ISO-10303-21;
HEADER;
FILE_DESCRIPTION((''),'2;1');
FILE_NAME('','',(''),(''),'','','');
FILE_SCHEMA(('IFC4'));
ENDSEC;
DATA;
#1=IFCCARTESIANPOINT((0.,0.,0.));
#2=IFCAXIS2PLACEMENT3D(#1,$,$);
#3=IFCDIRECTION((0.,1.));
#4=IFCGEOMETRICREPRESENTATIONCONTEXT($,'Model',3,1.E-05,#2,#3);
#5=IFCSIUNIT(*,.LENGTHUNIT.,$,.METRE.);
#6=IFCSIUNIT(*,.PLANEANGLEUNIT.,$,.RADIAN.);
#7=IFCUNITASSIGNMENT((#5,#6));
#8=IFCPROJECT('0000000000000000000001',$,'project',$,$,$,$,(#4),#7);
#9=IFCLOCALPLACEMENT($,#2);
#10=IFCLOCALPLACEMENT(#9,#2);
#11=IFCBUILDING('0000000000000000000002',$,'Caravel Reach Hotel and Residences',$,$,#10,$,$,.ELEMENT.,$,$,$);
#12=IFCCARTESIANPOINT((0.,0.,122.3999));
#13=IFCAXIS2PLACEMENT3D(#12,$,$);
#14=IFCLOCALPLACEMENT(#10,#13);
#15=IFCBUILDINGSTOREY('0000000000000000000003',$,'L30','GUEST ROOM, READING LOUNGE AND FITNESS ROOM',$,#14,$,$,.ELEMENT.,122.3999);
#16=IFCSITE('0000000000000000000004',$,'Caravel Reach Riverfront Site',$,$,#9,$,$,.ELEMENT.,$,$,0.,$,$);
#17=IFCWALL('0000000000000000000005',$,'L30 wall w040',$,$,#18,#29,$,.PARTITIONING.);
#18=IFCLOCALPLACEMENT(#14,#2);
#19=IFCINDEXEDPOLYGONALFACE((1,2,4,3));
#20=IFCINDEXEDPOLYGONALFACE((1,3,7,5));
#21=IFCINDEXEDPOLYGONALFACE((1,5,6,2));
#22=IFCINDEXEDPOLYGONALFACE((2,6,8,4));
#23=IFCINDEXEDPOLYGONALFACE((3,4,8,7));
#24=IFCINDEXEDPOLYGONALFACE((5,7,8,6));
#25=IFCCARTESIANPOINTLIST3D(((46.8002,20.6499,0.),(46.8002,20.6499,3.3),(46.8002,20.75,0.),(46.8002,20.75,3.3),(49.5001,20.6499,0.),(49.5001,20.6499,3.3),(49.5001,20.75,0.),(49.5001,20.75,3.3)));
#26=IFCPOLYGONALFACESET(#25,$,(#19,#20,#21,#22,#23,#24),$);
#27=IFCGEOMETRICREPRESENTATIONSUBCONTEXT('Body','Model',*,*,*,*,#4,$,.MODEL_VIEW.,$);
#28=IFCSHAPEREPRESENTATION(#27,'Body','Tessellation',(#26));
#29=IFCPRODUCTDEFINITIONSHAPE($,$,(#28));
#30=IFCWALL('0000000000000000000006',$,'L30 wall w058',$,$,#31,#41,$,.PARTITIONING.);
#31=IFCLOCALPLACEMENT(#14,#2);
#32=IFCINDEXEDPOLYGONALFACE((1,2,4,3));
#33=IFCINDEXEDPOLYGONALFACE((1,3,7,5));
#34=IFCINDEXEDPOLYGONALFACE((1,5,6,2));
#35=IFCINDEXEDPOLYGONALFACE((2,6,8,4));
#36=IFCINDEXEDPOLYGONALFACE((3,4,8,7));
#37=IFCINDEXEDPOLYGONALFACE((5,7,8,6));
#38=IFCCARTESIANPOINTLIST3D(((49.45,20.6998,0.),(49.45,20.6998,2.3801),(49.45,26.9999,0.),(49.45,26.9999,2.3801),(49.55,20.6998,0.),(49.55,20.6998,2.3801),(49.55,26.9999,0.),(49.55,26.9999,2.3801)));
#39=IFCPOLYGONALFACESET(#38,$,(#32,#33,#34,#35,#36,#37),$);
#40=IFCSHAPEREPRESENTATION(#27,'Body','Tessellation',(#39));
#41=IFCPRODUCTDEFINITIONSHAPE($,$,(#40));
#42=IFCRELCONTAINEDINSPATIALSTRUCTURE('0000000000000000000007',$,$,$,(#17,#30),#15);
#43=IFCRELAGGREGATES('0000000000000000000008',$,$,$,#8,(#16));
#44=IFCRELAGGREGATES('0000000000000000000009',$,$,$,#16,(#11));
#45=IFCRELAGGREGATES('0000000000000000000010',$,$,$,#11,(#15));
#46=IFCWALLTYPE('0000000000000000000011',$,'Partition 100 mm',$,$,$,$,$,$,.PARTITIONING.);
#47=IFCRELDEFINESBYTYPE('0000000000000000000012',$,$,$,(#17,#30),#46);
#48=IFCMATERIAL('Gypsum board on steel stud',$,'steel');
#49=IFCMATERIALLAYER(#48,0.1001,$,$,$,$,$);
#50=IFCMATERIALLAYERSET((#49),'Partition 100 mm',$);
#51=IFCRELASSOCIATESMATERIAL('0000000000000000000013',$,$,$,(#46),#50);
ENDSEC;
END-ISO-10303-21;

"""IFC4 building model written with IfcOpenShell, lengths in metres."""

from ifc_helpers import new_model, si_unit, direction, frame, frame_2d, origin, place, context, subcontext, project, spatial, rectangle, extrude, material, layer, layer_set, type_object, element, save


model = new_model("IFC4")

# Units and contexts
model_context = context("Model", 3, precision=1e-05, world=origin(), true_north=direction((0.0, 1.0)))
body_context = subcontext(model_context, "Body", "Model", "MODEL_VIEW")
ifc_project = project(units=[si_unit("LENGTHUNIT", "METRE"), si_unit("PLANEANGLEUNIT", "RADIAN")], contexts=[model_context])

# Site, building, storey
site_placement = place(None, origin())
site = spatial("IfcSite", under=ifc_project, at=site_placement, Name="Caravel Reach Riverfront Site", CompositionType="ELEMENT", RefElevation=0.0)
building_placement = place(site_placement, origin())
building = spatial("IfcBuilding", under=site, at=building_placement, Name="Caravel Reach Hotel and Residences", CompositionType="ELEMENT")
storey_placement = place(building_placement, frame((0.0, 0.0, 122.3999)))
storey = spatial("IfcBuildingStorey", under=building, at=storey_placement, Name="L30", Description="GUEST ROOM, READING LOUNGE AND FITNESS ROOM", CompositionType="ELEMENT", Elevation=122.3999)

# Walls
ifc_material_1 = material(Name="Gypsum board on steel stud", Category="steel")
ifc_layer_1 = layer(ifc_material_1, 0.1001)
ifc_layer_set_1 = layer_set([ifc_layer_1], Name="Partition 100 mm")
wall_type_1 = type_object("IfcWallType", Name="Partition 100 mm", PredefinedType="PARTITIONING", material=ifc_layer_set_1)
wall_1_placement = place(storey_placement, frame((46.8, 20.7, 0.0), z_axis=(0.0, 0.0, 1.0), x_axis=(1.0, 0.0, 0.0)))
element("IfcWall", 1, at=wall_1_placement, inside=storey, type_object=wall_type_1, Name="L30 wall w040", PredefinedType="PARTITIONING", context=body_context, shape_type="SweptSolid", body=[
    extrude(rectangle(XDim=2.7, YDim=0.1001, at=frame_2d((1.3501, 0.0))), origin(), (0.0, 0.0, 1.0), 3.3),
])
wall_2_placement = place(storey_placement, frame((49.5, 20.7, 0.0), z_axis=(0.0, 0.0, 1.0), x_axis=(0.0, 1.0, 0.0)))
element("IfcWall", 2, at=wall_2_placement, inside=storey, type_object=wall_type_1, Name="L30 wall w058", PredefinedType="PARTITIONING", context=body_context, shape_type="SweptSolid", body=[
    extrude(rectangle(XDim=6.3, YDim=0.1001, at=frame_2d((3.1499, 0.0))), origin(), (0.0, 0.0, 1.0), 2.3801),
])

save(model, "model.ifc")
